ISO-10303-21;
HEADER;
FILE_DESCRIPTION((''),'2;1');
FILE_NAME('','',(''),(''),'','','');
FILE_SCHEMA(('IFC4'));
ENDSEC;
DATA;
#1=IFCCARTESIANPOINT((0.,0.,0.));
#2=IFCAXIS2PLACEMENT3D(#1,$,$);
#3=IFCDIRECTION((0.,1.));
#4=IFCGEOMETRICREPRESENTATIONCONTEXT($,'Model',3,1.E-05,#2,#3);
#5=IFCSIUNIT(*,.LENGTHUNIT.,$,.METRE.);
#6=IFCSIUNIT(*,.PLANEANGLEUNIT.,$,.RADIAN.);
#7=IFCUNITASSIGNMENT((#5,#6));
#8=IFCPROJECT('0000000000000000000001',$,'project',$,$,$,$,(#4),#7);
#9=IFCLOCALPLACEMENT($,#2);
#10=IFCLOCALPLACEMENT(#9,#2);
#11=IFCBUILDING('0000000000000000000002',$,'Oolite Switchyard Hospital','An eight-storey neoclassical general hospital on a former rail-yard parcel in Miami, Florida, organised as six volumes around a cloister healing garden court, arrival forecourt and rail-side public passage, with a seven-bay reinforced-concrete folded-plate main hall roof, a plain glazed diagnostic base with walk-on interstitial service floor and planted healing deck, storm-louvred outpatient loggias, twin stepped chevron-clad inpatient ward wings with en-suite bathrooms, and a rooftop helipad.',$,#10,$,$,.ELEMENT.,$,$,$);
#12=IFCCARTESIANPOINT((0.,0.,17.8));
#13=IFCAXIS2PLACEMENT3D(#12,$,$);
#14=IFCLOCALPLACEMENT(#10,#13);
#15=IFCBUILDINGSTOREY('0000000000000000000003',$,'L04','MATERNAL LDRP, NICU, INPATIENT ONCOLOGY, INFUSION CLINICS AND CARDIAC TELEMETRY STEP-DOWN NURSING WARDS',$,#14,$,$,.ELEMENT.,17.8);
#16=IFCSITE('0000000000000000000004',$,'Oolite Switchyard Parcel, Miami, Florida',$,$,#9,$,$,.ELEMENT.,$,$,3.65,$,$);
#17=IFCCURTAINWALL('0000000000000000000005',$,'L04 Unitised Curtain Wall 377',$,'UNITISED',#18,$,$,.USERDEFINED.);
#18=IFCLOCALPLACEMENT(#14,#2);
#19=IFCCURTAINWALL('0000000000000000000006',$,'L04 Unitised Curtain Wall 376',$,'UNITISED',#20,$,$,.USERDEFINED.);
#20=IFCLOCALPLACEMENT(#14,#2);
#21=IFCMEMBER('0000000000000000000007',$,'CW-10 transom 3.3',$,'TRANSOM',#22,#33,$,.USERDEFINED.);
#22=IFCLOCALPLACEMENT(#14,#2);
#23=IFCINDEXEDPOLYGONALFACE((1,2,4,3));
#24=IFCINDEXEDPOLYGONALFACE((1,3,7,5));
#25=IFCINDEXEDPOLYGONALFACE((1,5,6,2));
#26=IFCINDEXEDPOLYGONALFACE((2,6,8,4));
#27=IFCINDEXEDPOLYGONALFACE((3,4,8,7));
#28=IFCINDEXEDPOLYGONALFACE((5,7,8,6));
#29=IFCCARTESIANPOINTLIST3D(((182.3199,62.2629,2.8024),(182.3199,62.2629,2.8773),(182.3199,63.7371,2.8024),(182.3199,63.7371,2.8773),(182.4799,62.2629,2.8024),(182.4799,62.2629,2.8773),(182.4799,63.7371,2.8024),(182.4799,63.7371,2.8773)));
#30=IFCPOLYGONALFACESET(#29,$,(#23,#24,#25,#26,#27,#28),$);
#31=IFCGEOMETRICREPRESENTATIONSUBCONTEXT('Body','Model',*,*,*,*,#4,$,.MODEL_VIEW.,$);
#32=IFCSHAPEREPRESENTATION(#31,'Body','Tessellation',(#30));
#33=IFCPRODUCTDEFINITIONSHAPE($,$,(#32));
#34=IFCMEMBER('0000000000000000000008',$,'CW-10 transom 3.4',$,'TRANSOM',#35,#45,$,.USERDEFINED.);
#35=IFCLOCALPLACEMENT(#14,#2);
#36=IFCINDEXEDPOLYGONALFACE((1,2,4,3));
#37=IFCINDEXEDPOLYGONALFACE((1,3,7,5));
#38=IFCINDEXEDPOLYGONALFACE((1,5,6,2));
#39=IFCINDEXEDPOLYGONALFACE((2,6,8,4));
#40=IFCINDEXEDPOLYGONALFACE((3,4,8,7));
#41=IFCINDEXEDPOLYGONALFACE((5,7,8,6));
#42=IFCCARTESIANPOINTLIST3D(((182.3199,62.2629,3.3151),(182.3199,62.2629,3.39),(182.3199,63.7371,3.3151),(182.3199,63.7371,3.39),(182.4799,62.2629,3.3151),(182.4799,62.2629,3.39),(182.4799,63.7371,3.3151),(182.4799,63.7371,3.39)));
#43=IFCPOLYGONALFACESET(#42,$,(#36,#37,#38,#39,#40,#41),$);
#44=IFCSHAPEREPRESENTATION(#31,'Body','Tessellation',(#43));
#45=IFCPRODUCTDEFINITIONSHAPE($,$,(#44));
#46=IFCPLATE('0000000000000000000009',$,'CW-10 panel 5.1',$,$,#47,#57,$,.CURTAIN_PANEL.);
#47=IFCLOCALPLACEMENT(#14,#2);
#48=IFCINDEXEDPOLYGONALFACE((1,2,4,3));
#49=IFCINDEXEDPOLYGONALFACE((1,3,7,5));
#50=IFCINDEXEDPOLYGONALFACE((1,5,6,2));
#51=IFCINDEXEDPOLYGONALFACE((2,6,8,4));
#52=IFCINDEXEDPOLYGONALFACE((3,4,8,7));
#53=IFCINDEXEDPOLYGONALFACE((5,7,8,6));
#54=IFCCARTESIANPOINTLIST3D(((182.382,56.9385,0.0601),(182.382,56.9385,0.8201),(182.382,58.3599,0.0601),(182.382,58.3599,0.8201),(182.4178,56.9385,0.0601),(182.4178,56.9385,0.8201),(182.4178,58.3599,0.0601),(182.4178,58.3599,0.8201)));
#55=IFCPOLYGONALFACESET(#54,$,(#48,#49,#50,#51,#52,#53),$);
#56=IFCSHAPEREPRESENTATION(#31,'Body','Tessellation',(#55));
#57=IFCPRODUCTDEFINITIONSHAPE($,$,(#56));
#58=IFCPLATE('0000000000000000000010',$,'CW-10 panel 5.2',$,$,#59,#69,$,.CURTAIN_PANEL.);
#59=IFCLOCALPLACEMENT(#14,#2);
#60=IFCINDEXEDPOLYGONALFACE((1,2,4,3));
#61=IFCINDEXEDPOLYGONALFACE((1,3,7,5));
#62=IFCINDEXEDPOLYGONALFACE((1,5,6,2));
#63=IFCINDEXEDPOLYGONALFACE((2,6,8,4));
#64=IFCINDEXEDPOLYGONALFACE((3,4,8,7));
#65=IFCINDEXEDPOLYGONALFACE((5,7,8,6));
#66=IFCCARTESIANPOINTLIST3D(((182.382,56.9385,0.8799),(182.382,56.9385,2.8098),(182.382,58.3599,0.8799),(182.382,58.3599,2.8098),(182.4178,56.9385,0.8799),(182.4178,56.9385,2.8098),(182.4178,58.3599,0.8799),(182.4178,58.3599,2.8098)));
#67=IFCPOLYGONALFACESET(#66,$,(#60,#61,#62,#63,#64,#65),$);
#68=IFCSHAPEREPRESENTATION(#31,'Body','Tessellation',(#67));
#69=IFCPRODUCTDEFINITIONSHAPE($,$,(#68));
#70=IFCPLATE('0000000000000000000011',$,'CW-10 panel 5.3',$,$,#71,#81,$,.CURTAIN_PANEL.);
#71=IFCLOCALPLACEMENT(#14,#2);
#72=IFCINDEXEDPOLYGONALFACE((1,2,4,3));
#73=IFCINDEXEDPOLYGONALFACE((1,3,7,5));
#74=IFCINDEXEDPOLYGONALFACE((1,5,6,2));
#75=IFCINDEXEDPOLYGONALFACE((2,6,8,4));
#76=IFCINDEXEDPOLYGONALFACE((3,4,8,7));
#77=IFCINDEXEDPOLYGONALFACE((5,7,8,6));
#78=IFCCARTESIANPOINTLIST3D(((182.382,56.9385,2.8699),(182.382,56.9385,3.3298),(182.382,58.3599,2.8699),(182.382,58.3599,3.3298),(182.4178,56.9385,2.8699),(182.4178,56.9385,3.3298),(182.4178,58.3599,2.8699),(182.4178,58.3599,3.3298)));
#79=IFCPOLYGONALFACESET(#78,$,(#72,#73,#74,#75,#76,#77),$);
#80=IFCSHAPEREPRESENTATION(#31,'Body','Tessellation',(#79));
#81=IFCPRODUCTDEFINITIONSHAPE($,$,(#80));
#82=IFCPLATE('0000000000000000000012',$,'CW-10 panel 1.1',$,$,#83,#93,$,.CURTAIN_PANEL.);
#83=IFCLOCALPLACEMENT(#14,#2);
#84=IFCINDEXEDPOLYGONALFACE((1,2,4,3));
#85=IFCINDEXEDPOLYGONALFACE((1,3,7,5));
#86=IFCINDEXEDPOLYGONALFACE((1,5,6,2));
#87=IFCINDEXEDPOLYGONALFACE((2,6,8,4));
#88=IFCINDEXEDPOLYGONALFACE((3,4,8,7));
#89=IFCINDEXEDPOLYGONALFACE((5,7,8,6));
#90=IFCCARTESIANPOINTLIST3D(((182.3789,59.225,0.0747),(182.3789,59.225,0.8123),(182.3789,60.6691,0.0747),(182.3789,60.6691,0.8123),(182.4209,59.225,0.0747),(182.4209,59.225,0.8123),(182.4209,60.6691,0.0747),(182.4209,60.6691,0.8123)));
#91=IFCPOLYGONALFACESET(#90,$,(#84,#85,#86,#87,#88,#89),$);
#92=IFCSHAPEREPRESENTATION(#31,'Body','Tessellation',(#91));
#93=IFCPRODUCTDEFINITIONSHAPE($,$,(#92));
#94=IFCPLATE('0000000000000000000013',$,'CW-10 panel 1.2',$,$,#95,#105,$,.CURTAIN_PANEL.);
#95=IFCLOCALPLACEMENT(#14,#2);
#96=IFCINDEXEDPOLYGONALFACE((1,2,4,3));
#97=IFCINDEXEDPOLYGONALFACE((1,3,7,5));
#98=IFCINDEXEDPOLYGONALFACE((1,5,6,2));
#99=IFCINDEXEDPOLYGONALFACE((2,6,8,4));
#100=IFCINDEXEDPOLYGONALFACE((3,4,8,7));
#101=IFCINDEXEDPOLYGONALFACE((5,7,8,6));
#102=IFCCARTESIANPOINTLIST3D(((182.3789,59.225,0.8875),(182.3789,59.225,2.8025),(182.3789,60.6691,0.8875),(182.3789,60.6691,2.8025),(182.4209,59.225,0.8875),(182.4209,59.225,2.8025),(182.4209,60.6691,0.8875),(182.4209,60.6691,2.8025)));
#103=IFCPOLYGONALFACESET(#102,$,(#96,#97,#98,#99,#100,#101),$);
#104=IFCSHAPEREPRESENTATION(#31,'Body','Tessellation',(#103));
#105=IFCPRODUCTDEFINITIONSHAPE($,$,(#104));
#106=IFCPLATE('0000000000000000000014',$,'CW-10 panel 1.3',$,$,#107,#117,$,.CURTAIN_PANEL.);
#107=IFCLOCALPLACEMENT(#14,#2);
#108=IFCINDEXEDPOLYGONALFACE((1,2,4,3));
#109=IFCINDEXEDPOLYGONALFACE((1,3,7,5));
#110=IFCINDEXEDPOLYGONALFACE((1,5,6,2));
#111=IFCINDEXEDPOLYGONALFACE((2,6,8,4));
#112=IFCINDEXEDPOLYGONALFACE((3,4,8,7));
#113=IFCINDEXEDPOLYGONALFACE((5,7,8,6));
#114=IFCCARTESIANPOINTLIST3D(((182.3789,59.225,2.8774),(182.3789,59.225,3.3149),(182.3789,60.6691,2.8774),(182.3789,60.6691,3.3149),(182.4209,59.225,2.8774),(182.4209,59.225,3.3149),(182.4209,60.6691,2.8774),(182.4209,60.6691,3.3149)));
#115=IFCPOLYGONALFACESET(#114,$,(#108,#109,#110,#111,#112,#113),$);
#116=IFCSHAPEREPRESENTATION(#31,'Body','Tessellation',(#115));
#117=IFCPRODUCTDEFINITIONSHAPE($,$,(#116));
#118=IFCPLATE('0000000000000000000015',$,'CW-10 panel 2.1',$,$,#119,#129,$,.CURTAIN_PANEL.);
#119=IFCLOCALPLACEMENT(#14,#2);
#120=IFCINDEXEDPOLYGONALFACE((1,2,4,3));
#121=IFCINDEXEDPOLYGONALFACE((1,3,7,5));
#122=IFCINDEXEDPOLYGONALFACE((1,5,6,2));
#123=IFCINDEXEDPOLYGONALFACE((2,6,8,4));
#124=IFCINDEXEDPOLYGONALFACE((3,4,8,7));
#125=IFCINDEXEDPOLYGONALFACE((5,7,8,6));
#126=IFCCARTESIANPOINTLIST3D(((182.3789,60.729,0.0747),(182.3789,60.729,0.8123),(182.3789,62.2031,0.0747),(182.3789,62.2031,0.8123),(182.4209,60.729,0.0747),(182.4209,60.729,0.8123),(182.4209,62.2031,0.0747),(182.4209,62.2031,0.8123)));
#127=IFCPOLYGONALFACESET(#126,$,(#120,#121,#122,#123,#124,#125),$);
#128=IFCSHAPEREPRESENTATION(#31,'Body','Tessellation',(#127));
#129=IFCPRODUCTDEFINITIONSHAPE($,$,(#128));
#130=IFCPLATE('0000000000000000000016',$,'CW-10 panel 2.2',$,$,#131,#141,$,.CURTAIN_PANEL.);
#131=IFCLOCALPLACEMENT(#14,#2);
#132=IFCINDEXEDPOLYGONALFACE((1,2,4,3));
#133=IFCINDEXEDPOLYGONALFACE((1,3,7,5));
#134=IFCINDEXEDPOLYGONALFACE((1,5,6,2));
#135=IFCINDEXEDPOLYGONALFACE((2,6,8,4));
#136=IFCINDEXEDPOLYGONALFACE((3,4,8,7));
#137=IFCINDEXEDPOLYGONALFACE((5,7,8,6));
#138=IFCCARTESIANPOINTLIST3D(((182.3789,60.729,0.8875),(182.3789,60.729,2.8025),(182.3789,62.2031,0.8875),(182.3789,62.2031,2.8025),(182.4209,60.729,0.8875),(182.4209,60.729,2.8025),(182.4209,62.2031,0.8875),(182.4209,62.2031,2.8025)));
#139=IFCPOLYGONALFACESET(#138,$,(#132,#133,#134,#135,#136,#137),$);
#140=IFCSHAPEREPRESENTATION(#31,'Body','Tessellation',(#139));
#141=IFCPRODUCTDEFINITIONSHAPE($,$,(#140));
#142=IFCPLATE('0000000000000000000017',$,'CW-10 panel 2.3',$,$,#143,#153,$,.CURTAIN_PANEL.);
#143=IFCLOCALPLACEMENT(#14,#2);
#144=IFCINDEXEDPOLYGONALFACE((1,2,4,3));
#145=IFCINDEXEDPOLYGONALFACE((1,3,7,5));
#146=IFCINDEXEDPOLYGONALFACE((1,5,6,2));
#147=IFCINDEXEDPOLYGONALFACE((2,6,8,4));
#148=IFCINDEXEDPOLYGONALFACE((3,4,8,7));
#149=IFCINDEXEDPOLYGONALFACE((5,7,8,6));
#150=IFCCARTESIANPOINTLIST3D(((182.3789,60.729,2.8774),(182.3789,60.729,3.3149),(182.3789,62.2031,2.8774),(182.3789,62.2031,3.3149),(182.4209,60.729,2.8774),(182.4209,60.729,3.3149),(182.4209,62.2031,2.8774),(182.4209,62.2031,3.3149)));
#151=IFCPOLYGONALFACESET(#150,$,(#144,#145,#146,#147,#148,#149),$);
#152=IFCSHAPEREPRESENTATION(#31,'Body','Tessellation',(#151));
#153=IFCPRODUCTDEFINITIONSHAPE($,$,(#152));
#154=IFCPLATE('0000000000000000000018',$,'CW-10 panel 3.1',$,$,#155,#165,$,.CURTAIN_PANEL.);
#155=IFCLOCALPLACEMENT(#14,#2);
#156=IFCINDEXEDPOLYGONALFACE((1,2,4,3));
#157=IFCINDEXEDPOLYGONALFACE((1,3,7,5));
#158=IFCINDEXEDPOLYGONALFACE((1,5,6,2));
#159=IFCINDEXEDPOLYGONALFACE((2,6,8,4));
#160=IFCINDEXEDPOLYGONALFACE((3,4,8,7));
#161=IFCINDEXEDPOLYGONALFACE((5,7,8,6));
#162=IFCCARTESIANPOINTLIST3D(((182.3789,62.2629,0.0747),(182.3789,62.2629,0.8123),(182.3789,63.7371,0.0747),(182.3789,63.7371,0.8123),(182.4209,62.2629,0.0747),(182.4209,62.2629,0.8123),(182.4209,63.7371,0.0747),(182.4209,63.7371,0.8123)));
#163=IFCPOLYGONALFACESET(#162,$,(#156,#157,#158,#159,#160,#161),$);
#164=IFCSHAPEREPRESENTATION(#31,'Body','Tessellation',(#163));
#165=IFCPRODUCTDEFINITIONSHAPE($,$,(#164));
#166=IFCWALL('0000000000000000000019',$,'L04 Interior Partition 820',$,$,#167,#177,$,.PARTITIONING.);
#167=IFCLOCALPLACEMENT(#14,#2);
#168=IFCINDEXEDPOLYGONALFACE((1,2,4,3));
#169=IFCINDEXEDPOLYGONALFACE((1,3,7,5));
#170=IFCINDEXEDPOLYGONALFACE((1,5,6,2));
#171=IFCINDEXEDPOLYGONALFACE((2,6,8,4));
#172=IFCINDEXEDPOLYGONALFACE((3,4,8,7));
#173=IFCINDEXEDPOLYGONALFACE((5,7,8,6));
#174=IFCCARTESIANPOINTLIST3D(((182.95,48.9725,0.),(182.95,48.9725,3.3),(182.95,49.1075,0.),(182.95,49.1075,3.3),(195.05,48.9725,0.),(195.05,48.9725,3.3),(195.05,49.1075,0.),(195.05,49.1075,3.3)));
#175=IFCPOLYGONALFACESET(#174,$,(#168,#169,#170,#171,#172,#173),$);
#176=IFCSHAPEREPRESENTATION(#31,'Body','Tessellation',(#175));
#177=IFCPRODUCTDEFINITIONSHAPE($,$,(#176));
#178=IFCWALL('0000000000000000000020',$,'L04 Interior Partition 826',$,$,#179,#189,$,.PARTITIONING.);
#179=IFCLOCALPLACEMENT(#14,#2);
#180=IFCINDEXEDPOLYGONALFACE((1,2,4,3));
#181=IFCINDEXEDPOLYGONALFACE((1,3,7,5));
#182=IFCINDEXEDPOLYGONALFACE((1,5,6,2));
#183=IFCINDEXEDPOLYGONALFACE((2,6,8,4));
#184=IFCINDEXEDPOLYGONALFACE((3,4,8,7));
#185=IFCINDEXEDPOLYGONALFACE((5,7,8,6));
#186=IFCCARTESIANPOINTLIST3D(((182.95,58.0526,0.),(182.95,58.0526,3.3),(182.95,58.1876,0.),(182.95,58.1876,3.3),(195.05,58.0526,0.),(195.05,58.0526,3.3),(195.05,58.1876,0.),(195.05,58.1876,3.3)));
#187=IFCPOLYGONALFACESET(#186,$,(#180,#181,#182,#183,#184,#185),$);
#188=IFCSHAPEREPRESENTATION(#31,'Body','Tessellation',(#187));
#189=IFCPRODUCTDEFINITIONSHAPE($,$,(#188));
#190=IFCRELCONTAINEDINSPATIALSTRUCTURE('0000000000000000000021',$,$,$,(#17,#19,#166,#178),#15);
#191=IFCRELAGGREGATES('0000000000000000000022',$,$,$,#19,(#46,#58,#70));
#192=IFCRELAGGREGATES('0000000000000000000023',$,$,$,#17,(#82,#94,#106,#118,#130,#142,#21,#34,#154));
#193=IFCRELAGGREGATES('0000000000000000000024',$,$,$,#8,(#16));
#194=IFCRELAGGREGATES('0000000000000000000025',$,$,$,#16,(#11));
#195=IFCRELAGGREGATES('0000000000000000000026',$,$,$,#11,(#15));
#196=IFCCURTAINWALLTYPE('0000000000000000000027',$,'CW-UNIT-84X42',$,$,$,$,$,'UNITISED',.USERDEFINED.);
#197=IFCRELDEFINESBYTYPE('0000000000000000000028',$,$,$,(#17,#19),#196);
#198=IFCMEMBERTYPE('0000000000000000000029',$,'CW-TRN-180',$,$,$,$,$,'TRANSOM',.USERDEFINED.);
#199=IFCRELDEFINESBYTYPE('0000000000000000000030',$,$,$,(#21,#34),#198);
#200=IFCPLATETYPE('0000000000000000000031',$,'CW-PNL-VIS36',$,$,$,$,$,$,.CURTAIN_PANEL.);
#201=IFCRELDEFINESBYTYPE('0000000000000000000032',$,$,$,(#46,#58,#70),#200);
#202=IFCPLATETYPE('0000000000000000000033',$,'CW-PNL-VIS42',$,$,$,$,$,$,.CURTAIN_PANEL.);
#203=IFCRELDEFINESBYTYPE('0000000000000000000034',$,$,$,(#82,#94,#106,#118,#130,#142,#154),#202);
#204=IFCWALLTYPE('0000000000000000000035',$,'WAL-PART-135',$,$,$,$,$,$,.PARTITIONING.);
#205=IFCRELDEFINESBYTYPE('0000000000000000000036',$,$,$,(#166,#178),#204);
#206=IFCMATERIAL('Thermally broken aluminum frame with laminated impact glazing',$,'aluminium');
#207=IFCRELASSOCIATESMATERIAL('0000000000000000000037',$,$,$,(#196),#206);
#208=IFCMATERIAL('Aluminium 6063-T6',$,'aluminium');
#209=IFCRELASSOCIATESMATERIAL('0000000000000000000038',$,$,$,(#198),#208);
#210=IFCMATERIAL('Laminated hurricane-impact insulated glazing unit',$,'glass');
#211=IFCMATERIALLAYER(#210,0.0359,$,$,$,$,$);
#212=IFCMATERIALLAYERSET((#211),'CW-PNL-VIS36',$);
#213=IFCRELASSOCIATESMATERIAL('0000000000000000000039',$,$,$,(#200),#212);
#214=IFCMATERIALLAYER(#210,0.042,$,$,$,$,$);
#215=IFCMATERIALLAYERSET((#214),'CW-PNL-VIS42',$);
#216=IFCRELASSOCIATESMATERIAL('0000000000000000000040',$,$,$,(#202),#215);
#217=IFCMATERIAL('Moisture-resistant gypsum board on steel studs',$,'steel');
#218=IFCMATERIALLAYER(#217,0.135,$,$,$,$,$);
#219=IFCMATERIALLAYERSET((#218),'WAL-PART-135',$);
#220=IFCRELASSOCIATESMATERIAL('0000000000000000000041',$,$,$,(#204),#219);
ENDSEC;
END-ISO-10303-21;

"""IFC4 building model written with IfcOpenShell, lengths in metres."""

from ifc_helpers import new_model, si_unit, direction, frame, frame_2d, origin, origin_2d, place, context, subcontext, project, spatial, rectangle, extrude, material, layer, layer_set, material_profile, profile_set, type_object, element, aggregate, save


model = new_model("IFC4")

# Units and contexts
model_context = context("Model", 3, precision=1e-05, world=origin(), true_north=direction((0.0, 1.0)))
body_context = subcontext(model_context, "Body", "Model", "MODEL_VIEW")
ifc_project = project(units=[si_unit("LENGTHUNIT", "METRE"), si_unit("PLANEANGLEUNIT", "RADIAN")], contexts=[model_context])

# Site, building, storey
site_placement = place(None, origin())
site = spatial("IfcSite", under=ifc_project, at=site_placement, Name="Oolite Switchyard Parcel, Miami, Florida", CompositionType="ELEMENT", RefElevation=3.65)
building_placement = place(site_placement, origin())
building = spatial("IfcBuilding", under=site, at=building_placement, Name="Oolite Switchyard Hospital", Description="An eight-storey neoclassical general hospital on a former rail-yard parcel in Miami, Florida, organised as six volumes around a cloister healing garden court, arrival forecourt and rail-side public passage, with a seven-bay reinforced-concrete folded-plate main hall roof, a plain glazed diagnostic base with walk-on interstitial service floor and planted healing deck, storm-louvred outpatient loggias, twin stepped chevron-clad inpatient ward wings with en-suite bathrooms, and a rooftop helipad.", CompositionType="ELEMENT")
storey_placement = place(building_placement, frame((0.0, 0.0, 17.8)))
storey = spatial("IfcBuildingStorey", under=building, at=storey_placement, Name="L04", Description="MATERNAL LDRP, NICU, INPATIENT ONCOLOGY, INFUSION CLINICS AND CARDIAC TELEMETRY STEP-DOWN NURSING WARDS", CompositionType="ELEMENT", Elevation=17.8)

# Curtain walls
ifc_material_1 = material(Name="Thermally broken aluminum frame with laminated impact glazing", Category="aluminium")
curtain_wall_type = type_object("IfcCurtainWallType", Name="CW-UNIT-84X42", ElementType="UNITISED", PredefinedType="USERDEFINED", material=ifc_material_1)
curtain_wall_1_placement = place(storey_placement, origin())
curtain_wall_1 = element("IfcCurtainWall", 1, at=curtain_wall_1_placement, inside=storey, type_object=curtain_wall_type, Name="L04 Unitised Curtain Wall 377", ObjectType="UNITISED", PredefinedType="USERDEFINED")
ifc_material_2 = material(Name="Aluminium 6063-T6", Category="aluminium")
curtain_wall_2_placement = place(storey_placement, origin())
curtain_wall_2 = element("IfcCurtainWall", 2, at=curtain_wall_2_placement, inside=storey, type_object=curtain_wall_type, Name="L04 Unitised Curtain Wall 376", ObjectType="UNITISED", PredefinedType="USERDEFINED")

# Members
ifc_material_profile_1 = material_profile(ifc_material_2, rectangle(XDim=0.1599, YDim=0.075, at=origin_2d()), Name="CWT75X160")
ifc_profile_set_1 = profile_set([ifc_material_profile_1], Name="Aluminium 6063-T6")
member_type_1 = type_object("IfcMemberType", Name="CW-TRN-180", ElementType="TRANSOM", PredefinedType="USERDEFINED", material=ifc_profile_set_1)
member_1_placement = place(storey_placement, frame((182.3999, 62.2629, 2.8398), z_axis=(0.0, 1.0, 0.0), x_axis=(-1.0, 0.0, 0.0)))
member_1 = element("IfcMember", 3, at=member_1_placement, type_object=member_type_1, Name="CW-10 transom 3.3", ObjectType="TRANSOM", PredefinedType="USERDEFINED", context=body_context, shape_type="SweptSolid", body=[
    extrude(rectangle(XDim=0.1599, YDim=0.075, at=origin_2d()), origin(), (0.0, 0.0, 1.0), 1.4741),
])
member_2_placement = place(storey_placement, frame((182.3999, 62.2629, 3.3525), z_axis=(0.0, 1.0, 0.0), x_axis=(-1.0, 0.0, 0.0)))
member_2 = element("IfcMember", 4, at=member_2_placement, type_object=member_type_1, Name="CW-10 transom 3.4", ObjectType="TRANSOM", PredefinedType="USERDEFINED", context=body_context, shape_type="SweptSolid", body=[
    extrude(rectangle(XDim=0.1599, YDim=0.075, at=origin_2d()), origin(), (0.0, 0.0, 1.0), 1.4741),
])

# Plates
ifc_material_3 = material(Name="Laminated hurricane-impact insulated glazing unit", Category="glass")
ifc_layer_1 = layer(ifc_material_3, 0.0359)
ifc_layer_set_1 = layer_set([ifc_layer_1], Name="CW-PNL-VIS36")
plate_type_1 = type_object("IfcPlateType", Name="CW-PNL-VIS36", PredefinedType="CURTAIN_PANEL", material=ifc_layer_set_1)
plate_1_placement = place(storey_placement, frame((182.3999, 57.6492, 0.0601), z_axis=(0.0, 0.0, 1.0), x_axis=(0.0, 1.0, 0.0)))
plate_1 = element("IfcPlate", 5, at=plate_1_placement, type_object=plate_type_1, Name="CW-10 panel 5.1", PredefinedType="CURTAIN_PANEL", context=body_context, shape_type="SweptSolid", body=[
    extrude(rectangle(XDim=1.4214, YDim=0.0359, at=origin_2d()), origin(), (0.0, 0.0, 1.0), 0.76),
])
plate_2_placement = place(storey_placement, frame((182.3999, 57.6492, 0.8799), z_axis=(0.0, 0.0, 1.0), x_axis=(0.0, 1.0, 0.0)))
plate_2 = element("IfcPlate", 6, at=plate_2_placement, type_object=plate_type_1, Name="CW-10 panel 5.2", PredefinedType="CURTAIN_PANEL", context=body_context, shape_type="SweptSolid", body=[
    extrude(rectangle(XDim=1.4214, YDim=0.0359, at=origin_2d()), origin(), (0.0, 0.0, 1.0), 1.9299),
])
plate_3_placement = place(storey_placement, frame((182.3999, 57.6492, 2.8699), z_axis=(0.0, 0.0, 1.0), x_axis=(0.0, 1.0, 0.0)))
plate_3 = element("IfcPlate", 7, at=plate_3_placement, type_object=plate_type_1, Name="CW-10 panel 5.3", PredefinedType="CURTAIN_PANEL", context=body_context, shape_type="SweptSolid", body=[
    extrude(rectangle(XDim=1.4214, YDim=0.0359, at=origin_2d()), origin(), (0.0, 0.0, 1.0), 0.46),
])
aggregate(curtain_wall_2, [plate_1, plate_2, plate_3])
ifc_layer_2 = layer(ifc_material_3, 0.042)
ifc_layer_set_2 = layer_set([ifc_layer_2], Name="CW-PNL-VIS42")
plate_type_2 = type_object("IfcPlateType", Name="CW-PNL-VIS42", PredefinedType="CURTAIN_PANEL", material=ifc_layer_set_2)
plate_4_placement = place(storey_placement, frame((182.3999, 59.947, 0.0747), z_axis=(0.0, 0.0, 1.0), x_axis=(0.0, 1.0, 0.0)))
plate_4 = element("IfcPlate", 8, at=plate_4_placement, type_object=plate_type_2, Name="CW-10 panel 1.1", PredefinedType="CURTAIN_PANEL", context=body_context, shape_type="SweptSolid", body=[
    extrude(rectangle(XDim=1.4441, YDim=0.042, at=origin_2d()), origin(), (0.0, 0.0, 1.0), 0.7375),
])
plate_5_placement = place(storey_placement, frame((182.3999, 59.947, 0.8875), z_axis=(0.0, 0.0, 1.0), x_axis=(0.0, 1.0, 0.0)))
plate_5 = element("IfcPlate", 9, at=plate_5_placement, type_object=plate_type_2, Name="CW-10 panel 1.2", PredefinedType="CURTAIN_PANEL", context=body_context, shape_type="SweptSolid", body=[
    extrude(rectangle(XDim=1.4441, YDim=0.042, at=origin_2d()), origin(), (0.0, 0.0, 1.0), 1.915),
])
plate_6_placement = place(storey_placement, frame((182.3999, 59.947, 2.8774), z_axis=(0.0, 0.0, 1.0), x_axis=(0.0, 1.0, 0.0)))
plate_6 = element("IfcPlate", 10, at=plate_6_placement, type_object=plate_type_2, Name="CW-10 panel 1.3", PredefinedType="CURTAIN_PANEL", context=body_context, shape_type="SweptSolid", body=[
    extrude(rectangle(XDim=1.4441, YDim=0.042, at=origin_2d()), origin(), (0.0, 0.0, 1.0), 0.4375),
])
plate_7_placement = place(storey_placement, frame((182.3999, 61.4661, 0.0747), z_axis=(0.0, 0.0, 1.0), x_axis=(0.0, 1.0, 0.0)))
plate_7 = element("IfcPlate", 11, at=plate_7_placement, type_object=plate_type_2, Name="CW-10 panel 2.1", PredefinedType="CURTAIN_PANEL", context=body_context, shape_type="SweptSolid", body=[
    extrude(rectangle(XDim=1.4741, YDim=0.042, at=origin_2d()), origin(), (0.0, 0.0, 1.0), 0.7375),
])
plate_8_placement = place(storey_placement, frame((182.3999, 61.4661, 0.8875), z_axis=(0.0, 0.0, 1.0), x_axis=(0.0, 1.0, 0.0)))
plate_8 = element("IfcPlate", 12, at=plate_8_placement, type_object=plate_type_2, Name="CW-10 panel 2.2", PredefinedType="CURTAIN_PANEL", context=body_context, shape_type="SweptSolid", body=[
    extrude(rectangle(XDim=1.4741, YDim=0.042, at=origin_2d()), origin(), (0.0, 0.0, 1.0), 1.915),
])
plate_9_placement = place(storey_placement, frame((182.3999, 61.4661, 2.8774), z_axis=(0.0, 0.0, 1.0), x_axis=(0.0, 1.0, 0.0)))
plate_9 = element("IfcPlate", 13, at=plate_9_placement, type_object=plate_type_2, Name="CW-10 panel 2.3", PredefinedType="CURTAIN_PANEL", context=body_context, shape_type="SweptSolid", body=[
    extrude(rectangle(XDim=1.4741, YDim=0.042, at=origin_2d()), origin(), (0.0, 0.0, 1.0), 0.4375),
])
plate_10_placement = place(storey_placement, frame((182.3999, 63.0, 0.0747), z_axis=(0.0, 0.0, 1.0), x_axis=(0.0, 1.0, 0.0)))
plate_10 = element("IfcPlate", 14, at=plate_10_placement, type_object=plate_type_2, Name="CW-10 panel 3.1", PredefinedType="CURTAIN_PANEL", context=body_context, shape_type="SweptSolid", body=[
    extrude(rectangle(XDim=1.4741, YDim=0.042, at=origin_2d()), origin(), (0.0, 0.0, 1.0), 0.7375),
])
aggregate(curtain_wall_1, [plate_4, plate_5, plate_6, plate_7, plate_8, plate_9, member_1, member_2, plate_10])

# Walls
ifc_material_4 = material(Name="Moisture-resistant gypsum board on steel studs", Category="steel")
ifc_layer_3 = layer(ifc_material_4, 0.135)
ifc_layer_set_3 = layer_set([ifc_layer_3], Name="WAL-PART-135")
wall_type = type_object("IfcWallType", Name="WAL-PART-135", PredefinedType="PARTITIONING", material=ifc_layer_set_3)
for number, where, z_axis, x_axis, name in (
    (15, (182.95, 49.04, 0.0), (0.0, 0.0, 1.0), (1.0, 0.0, 0.0), "L04 Interior Partition 820"),
    (16, (182.95, 58.1201, 0.0), (0.0, 0.0, 1.0), (1.0, 0.0, 0.0), "L04 Interior Partition 826"),
):
    element("IfcWall", number, at=place(storey_placement, frame(where, z_axis=z_axis, x_axis=x_axis)), inside=storey, type_object=wall_type, Name=name, PredefinedType="PARTITIONING", context=body_context, shape_type="SweptSolid", body=[
        extrude(rectangle(XDim=12.1001, YDim=0.135, at=frame_2d((6.05, 0.0))), origin(), (0.0, 0.0, 1.0), 3.3),
    ])

save(model, "model.ifc")
